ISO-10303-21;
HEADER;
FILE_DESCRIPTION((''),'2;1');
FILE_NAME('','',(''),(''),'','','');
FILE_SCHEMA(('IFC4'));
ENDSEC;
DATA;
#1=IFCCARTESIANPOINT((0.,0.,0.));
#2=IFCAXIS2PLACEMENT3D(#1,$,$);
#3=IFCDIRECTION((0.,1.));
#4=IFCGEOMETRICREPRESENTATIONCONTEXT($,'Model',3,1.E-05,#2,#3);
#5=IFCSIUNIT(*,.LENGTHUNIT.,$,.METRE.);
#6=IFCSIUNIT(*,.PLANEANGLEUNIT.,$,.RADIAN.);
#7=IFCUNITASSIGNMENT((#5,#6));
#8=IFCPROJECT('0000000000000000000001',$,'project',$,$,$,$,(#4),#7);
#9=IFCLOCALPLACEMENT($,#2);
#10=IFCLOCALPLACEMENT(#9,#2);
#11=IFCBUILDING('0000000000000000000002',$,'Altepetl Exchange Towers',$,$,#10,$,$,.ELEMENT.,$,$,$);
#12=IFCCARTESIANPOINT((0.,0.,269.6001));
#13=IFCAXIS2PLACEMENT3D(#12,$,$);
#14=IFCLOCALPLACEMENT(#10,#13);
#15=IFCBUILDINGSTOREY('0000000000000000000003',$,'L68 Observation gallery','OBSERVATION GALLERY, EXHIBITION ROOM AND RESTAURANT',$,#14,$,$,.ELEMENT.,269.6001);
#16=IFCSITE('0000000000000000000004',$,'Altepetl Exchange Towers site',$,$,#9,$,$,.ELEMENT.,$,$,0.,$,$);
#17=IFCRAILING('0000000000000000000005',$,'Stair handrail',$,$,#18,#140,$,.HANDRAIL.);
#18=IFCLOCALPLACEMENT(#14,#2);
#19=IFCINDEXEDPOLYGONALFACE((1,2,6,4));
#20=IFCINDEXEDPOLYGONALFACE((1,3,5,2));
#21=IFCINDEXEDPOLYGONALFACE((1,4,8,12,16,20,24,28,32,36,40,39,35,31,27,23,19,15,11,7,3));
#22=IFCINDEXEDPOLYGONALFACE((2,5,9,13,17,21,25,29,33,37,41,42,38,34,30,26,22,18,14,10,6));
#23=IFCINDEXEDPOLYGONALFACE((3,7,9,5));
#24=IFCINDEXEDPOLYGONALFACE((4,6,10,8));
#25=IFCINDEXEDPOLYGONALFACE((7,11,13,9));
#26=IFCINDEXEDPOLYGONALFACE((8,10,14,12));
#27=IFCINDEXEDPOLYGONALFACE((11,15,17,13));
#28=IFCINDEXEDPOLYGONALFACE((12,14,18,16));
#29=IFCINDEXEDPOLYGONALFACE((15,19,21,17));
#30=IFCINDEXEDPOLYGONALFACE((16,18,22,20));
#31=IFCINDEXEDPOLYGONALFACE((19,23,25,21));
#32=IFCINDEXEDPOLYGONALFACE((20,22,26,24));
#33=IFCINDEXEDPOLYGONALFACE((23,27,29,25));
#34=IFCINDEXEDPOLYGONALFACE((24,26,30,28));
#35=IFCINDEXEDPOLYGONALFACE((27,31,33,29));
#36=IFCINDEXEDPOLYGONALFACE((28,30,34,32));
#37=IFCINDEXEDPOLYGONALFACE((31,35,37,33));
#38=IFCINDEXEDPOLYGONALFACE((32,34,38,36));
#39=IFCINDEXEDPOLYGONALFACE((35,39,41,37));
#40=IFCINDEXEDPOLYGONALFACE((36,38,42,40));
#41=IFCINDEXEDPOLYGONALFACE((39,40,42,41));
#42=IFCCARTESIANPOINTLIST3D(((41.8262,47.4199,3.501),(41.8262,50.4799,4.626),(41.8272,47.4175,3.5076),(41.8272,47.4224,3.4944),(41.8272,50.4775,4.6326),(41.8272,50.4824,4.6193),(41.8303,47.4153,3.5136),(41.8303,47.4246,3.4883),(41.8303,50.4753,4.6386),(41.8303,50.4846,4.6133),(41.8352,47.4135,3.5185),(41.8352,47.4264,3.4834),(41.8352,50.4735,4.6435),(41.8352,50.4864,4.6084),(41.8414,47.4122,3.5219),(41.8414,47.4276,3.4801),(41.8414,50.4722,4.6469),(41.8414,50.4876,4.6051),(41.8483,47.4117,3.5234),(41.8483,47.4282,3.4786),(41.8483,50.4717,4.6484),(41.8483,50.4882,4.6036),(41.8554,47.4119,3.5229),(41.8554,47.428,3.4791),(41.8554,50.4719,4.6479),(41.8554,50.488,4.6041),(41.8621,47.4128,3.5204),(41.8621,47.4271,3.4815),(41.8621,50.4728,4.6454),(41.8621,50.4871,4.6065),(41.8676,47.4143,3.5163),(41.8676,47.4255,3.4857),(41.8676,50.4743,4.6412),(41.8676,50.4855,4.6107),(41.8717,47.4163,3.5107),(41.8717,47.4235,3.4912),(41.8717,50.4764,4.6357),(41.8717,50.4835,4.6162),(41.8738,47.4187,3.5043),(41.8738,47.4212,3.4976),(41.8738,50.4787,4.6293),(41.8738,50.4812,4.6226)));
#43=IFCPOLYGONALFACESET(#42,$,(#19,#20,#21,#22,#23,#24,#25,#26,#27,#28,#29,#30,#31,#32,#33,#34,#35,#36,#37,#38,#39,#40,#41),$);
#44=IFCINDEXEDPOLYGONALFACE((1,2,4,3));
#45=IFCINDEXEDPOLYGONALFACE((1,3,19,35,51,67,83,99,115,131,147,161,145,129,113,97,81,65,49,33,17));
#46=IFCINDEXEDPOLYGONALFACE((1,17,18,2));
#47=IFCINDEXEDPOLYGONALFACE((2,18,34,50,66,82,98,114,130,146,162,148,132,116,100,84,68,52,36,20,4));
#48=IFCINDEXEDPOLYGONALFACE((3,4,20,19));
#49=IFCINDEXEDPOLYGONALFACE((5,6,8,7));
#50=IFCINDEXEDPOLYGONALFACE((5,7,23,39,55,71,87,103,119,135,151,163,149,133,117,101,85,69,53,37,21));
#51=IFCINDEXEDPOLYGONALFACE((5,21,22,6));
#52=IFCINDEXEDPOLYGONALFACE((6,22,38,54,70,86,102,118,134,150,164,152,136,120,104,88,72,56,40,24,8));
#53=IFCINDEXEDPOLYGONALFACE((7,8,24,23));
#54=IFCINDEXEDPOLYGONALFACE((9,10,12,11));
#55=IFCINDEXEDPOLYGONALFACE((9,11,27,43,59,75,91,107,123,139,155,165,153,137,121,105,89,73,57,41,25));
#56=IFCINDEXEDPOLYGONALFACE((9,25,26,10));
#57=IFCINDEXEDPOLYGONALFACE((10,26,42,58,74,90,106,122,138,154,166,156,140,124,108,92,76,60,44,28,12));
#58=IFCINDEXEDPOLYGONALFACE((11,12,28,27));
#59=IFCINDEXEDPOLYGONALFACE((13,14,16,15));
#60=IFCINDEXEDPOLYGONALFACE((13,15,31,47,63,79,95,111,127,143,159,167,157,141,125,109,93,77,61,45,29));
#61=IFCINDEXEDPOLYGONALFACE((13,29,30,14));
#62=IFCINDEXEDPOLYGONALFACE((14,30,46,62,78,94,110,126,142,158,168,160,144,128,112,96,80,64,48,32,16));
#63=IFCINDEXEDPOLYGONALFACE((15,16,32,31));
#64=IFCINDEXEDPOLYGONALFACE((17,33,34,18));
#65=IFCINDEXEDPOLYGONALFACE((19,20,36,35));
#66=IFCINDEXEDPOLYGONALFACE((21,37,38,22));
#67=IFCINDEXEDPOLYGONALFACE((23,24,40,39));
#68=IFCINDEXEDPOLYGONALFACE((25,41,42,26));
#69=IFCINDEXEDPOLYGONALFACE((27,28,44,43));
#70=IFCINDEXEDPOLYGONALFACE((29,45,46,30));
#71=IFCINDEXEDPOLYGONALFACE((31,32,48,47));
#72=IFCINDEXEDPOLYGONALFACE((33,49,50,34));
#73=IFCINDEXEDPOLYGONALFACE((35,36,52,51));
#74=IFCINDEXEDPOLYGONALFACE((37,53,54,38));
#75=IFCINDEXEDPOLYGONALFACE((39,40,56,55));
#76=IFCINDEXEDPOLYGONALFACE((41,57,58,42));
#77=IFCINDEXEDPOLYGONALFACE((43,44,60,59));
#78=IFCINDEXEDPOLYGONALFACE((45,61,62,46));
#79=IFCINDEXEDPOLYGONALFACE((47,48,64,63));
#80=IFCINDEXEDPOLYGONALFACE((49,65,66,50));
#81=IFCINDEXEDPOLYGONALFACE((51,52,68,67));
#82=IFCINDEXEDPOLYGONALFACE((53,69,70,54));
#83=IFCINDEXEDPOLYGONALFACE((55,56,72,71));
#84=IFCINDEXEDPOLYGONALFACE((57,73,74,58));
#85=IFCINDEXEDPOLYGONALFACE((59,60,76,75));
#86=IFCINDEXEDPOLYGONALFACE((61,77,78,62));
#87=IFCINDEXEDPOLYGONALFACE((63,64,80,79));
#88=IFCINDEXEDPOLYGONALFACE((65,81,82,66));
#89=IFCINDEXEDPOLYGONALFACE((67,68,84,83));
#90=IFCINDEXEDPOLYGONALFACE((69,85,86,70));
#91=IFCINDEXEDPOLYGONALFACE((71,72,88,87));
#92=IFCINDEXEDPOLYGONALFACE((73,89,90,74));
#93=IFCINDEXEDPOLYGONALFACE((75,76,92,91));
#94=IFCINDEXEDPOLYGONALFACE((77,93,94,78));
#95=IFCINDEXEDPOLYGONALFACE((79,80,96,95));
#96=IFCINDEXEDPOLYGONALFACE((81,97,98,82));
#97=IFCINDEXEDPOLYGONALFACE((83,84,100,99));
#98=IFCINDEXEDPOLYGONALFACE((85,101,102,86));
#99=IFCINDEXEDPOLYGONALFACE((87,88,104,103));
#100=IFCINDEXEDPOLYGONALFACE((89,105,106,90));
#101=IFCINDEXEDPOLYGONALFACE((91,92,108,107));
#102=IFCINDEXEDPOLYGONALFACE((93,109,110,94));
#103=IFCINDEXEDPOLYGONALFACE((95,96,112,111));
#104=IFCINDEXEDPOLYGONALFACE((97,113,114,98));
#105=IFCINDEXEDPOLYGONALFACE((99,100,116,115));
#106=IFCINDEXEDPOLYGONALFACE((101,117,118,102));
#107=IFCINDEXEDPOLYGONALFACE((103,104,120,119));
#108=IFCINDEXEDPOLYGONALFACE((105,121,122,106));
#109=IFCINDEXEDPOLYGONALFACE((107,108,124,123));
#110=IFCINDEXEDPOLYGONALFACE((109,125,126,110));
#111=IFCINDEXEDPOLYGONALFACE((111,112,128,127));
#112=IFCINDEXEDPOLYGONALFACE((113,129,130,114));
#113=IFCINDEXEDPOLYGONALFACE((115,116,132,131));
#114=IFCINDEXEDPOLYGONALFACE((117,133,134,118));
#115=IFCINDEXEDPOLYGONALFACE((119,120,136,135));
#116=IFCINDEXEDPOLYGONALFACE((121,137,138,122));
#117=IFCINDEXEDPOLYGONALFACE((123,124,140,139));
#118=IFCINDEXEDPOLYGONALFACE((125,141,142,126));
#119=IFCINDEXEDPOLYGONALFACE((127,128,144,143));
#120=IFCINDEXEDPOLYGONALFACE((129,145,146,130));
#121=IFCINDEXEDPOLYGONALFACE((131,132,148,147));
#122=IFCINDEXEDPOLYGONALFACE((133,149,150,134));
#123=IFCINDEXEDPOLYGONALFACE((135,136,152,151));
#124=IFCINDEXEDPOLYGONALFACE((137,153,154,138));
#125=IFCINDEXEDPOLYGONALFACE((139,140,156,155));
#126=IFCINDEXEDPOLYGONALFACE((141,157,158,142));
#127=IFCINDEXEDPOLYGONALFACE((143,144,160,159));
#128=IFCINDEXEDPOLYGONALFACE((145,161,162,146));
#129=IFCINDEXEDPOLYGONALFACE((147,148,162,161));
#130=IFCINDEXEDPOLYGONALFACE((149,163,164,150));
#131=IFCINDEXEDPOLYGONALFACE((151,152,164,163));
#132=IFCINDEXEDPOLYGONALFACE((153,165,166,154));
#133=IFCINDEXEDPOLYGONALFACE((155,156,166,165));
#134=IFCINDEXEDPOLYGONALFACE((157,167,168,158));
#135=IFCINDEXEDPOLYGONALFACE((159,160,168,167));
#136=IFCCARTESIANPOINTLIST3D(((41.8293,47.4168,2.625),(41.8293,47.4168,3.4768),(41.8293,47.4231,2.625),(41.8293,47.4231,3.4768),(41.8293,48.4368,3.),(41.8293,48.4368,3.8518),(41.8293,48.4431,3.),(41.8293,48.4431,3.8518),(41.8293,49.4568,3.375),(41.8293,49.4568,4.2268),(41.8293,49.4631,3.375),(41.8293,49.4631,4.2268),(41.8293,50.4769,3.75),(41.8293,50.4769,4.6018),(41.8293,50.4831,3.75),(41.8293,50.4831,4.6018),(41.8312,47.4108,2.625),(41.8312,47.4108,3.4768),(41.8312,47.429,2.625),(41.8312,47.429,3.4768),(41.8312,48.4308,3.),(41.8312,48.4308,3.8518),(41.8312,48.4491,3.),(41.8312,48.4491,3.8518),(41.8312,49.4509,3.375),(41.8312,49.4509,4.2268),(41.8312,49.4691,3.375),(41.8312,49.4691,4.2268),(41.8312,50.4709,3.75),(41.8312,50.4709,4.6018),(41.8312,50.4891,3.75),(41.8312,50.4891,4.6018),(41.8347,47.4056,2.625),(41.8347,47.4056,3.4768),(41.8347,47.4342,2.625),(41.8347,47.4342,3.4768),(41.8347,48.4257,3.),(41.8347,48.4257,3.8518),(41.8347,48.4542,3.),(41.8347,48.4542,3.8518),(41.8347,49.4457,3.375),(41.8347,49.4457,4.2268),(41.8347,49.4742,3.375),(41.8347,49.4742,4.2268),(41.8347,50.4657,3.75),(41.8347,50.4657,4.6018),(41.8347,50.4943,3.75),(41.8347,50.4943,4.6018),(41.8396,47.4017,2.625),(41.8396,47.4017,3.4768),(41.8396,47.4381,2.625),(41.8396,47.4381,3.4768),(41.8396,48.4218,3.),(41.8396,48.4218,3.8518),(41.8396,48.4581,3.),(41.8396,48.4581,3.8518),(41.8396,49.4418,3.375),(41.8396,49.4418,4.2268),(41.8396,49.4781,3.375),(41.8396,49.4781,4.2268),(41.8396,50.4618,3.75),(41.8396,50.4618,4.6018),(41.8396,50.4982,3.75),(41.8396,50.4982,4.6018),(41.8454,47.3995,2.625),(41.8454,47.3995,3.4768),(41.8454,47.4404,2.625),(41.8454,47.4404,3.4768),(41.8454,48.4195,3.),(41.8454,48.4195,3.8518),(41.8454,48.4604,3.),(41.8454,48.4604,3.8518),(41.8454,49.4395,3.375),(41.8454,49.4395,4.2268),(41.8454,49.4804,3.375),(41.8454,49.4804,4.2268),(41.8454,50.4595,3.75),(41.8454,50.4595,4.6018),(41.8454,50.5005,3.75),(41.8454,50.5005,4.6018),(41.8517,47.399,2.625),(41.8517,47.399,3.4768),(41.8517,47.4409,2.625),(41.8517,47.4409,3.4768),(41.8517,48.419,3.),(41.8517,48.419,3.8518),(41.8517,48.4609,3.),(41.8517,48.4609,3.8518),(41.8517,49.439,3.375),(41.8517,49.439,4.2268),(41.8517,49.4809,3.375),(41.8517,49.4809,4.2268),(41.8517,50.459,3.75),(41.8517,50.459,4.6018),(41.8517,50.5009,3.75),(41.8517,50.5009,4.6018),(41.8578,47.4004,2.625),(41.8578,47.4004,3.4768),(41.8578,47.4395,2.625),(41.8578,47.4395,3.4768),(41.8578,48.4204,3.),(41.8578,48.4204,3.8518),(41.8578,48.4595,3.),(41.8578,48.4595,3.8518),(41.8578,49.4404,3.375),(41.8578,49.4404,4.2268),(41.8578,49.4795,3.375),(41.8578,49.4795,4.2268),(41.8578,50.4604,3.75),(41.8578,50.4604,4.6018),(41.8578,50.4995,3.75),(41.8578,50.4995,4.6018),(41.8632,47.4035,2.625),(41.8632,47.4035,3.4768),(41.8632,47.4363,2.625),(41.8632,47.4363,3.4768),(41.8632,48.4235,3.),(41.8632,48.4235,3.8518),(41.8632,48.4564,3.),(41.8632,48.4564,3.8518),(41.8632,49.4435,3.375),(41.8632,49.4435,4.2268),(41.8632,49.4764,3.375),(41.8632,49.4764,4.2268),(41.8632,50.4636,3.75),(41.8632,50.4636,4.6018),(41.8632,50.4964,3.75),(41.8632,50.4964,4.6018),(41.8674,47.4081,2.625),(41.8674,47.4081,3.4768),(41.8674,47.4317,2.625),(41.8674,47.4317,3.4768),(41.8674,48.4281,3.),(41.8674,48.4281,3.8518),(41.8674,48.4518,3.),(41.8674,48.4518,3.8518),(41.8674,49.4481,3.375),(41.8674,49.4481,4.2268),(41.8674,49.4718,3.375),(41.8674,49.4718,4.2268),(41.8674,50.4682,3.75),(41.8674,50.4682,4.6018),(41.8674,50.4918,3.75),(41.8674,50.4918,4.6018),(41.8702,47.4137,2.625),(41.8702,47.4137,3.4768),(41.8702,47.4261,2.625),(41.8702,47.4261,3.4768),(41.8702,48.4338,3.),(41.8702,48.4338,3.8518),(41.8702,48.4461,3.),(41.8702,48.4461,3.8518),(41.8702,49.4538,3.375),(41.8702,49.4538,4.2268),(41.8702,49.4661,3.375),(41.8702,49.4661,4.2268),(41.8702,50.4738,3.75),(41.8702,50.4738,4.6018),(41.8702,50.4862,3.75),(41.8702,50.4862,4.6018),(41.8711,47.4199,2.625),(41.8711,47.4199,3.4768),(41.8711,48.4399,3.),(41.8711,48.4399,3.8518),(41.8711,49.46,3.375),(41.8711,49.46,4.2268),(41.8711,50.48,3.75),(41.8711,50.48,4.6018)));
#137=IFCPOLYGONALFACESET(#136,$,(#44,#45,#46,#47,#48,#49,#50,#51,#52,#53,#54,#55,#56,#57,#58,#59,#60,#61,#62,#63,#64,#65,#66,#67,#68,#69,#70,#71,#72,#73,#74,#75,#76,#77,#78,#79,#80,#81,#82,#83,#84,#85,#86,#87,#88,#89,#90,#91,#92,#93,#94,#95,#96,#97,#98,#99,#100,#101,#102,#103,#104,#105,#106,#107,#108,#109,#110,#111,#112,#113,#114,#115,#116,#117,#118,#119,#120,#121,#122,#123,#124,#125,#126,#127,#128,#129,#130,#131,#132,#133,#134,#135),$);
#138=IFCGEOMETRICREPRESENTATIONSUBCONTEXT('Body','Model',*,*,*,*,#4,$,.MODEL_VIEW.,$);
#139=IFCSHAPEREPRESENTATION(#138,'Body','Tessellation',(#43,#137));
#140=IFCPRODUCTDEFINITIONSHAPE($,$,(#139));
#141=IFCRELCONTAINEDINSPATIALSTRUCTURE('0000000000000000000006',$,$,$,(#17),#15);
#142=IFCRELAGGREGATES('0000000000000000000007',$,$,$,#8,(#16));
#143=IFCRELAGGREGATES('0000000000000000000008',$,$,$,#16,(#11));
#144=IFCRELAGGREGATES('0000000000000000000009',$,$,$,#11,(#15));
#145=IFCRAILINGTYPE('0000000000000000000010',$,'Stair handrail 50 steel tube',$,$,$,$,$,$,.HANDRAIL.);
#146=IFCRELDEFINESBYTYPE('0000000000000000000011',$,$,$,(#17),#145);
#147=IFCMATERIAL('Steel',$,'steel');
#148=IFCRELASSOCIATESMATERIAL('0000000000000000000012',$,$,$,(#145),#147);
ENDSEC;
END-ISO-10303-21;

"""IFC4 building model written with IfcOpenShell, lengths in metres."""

from ifc_helpers import new_model, si_unit, direction, frame, origin, origin_2d, place, context, subcontext, project, spatial, circle, extrude, source, transform, mapped, material, type_object, element, save


model = new_model("IFC4")

# Units and contexts
model_context = context("Model", 3, precision=1e-05, world=origin(), true_north=direction((0.0, 1.0)))
body_context = subcontext(model_context, "Body", "Model", "MODEL_VIEW")
ifc_project = project(units=[si_unit("LENGTHUNIT", "METRE"), si_unit("PLANEANGLEUNIT", "RADIAN")], contexts=[model_context])

# Site, building, storey
site_placement = place(None, origin())
site = spatial("IfcSite", under=ifc_project, at=site_placement, Name="Altepetl Exchange Towers site", CompositionType="ELEMENT", RefElevation=0.0)
building_placement = place(site_placement, origin())
building = spatial("IfcBuilding", under=site, at=building_placement, Name="Altepetl Exchange Towers", CompositionType="ELEMENT")
storey_placement = place(building_placement, frame((0.0, 0.0, 269.6001)))
storey = spatial("IfcBuildingStorey", under=building, at=storey_placement, Name="L68 Observation gallery", Description="OBSERVATION GALLERY, EXHIBITION ROOM AND RESTAURANT", CompositionType="ELEMENT", Elevation=269.6001)

# Railing
ifc_material_1 = material(Name="Steel", Category="steel")
railing_type = type_object("IfcRailingType", Name="Stair handrail 50 steel tube", PredefinedType="HANDRAIL", material=ifc_material_1)
shared_shape = source(origin(), body_context, "Body", "SweptSolid", [
    extrude(circle(Radius=0.021, at=origin_2d()), origin(), (0.0, 0.0, 1.0), 0.8518),
])
for number, where, name in (
    (1, (41.8501, 47.4199, 2.625), "Stair handrail"),
):
    element("IfcRailing", number, at=place(storey_placement, frame(where)), inside=storey, type_object=railing_type, Name=name, PredefinedType="HANDRAIL", context=body_context, shape_type="SweptSolid", body=[
        extrude(circle(Radius=0.0239, at=origin_2d()), frame((0.0, 0.0, 0.876), z_axis=(0.0, 0.938581, 0.34506), x_axis=(-1.0, 0.0, 0.0)), (0.0, 0.0, 1.0), 3.2603),
        mapped(shared_shape, transform((0.0, 0.0, 0.0))),
        mapped(shared_shape, transform((0.0, 1.02, 0.375))),
        mapped(shared_shape, transform((0.0, 2.04, 0.75))),
        mapped(shared_shape, transform((0.0, 3.0601, 1.125))),
    ])

save(model, "model.ifc")
